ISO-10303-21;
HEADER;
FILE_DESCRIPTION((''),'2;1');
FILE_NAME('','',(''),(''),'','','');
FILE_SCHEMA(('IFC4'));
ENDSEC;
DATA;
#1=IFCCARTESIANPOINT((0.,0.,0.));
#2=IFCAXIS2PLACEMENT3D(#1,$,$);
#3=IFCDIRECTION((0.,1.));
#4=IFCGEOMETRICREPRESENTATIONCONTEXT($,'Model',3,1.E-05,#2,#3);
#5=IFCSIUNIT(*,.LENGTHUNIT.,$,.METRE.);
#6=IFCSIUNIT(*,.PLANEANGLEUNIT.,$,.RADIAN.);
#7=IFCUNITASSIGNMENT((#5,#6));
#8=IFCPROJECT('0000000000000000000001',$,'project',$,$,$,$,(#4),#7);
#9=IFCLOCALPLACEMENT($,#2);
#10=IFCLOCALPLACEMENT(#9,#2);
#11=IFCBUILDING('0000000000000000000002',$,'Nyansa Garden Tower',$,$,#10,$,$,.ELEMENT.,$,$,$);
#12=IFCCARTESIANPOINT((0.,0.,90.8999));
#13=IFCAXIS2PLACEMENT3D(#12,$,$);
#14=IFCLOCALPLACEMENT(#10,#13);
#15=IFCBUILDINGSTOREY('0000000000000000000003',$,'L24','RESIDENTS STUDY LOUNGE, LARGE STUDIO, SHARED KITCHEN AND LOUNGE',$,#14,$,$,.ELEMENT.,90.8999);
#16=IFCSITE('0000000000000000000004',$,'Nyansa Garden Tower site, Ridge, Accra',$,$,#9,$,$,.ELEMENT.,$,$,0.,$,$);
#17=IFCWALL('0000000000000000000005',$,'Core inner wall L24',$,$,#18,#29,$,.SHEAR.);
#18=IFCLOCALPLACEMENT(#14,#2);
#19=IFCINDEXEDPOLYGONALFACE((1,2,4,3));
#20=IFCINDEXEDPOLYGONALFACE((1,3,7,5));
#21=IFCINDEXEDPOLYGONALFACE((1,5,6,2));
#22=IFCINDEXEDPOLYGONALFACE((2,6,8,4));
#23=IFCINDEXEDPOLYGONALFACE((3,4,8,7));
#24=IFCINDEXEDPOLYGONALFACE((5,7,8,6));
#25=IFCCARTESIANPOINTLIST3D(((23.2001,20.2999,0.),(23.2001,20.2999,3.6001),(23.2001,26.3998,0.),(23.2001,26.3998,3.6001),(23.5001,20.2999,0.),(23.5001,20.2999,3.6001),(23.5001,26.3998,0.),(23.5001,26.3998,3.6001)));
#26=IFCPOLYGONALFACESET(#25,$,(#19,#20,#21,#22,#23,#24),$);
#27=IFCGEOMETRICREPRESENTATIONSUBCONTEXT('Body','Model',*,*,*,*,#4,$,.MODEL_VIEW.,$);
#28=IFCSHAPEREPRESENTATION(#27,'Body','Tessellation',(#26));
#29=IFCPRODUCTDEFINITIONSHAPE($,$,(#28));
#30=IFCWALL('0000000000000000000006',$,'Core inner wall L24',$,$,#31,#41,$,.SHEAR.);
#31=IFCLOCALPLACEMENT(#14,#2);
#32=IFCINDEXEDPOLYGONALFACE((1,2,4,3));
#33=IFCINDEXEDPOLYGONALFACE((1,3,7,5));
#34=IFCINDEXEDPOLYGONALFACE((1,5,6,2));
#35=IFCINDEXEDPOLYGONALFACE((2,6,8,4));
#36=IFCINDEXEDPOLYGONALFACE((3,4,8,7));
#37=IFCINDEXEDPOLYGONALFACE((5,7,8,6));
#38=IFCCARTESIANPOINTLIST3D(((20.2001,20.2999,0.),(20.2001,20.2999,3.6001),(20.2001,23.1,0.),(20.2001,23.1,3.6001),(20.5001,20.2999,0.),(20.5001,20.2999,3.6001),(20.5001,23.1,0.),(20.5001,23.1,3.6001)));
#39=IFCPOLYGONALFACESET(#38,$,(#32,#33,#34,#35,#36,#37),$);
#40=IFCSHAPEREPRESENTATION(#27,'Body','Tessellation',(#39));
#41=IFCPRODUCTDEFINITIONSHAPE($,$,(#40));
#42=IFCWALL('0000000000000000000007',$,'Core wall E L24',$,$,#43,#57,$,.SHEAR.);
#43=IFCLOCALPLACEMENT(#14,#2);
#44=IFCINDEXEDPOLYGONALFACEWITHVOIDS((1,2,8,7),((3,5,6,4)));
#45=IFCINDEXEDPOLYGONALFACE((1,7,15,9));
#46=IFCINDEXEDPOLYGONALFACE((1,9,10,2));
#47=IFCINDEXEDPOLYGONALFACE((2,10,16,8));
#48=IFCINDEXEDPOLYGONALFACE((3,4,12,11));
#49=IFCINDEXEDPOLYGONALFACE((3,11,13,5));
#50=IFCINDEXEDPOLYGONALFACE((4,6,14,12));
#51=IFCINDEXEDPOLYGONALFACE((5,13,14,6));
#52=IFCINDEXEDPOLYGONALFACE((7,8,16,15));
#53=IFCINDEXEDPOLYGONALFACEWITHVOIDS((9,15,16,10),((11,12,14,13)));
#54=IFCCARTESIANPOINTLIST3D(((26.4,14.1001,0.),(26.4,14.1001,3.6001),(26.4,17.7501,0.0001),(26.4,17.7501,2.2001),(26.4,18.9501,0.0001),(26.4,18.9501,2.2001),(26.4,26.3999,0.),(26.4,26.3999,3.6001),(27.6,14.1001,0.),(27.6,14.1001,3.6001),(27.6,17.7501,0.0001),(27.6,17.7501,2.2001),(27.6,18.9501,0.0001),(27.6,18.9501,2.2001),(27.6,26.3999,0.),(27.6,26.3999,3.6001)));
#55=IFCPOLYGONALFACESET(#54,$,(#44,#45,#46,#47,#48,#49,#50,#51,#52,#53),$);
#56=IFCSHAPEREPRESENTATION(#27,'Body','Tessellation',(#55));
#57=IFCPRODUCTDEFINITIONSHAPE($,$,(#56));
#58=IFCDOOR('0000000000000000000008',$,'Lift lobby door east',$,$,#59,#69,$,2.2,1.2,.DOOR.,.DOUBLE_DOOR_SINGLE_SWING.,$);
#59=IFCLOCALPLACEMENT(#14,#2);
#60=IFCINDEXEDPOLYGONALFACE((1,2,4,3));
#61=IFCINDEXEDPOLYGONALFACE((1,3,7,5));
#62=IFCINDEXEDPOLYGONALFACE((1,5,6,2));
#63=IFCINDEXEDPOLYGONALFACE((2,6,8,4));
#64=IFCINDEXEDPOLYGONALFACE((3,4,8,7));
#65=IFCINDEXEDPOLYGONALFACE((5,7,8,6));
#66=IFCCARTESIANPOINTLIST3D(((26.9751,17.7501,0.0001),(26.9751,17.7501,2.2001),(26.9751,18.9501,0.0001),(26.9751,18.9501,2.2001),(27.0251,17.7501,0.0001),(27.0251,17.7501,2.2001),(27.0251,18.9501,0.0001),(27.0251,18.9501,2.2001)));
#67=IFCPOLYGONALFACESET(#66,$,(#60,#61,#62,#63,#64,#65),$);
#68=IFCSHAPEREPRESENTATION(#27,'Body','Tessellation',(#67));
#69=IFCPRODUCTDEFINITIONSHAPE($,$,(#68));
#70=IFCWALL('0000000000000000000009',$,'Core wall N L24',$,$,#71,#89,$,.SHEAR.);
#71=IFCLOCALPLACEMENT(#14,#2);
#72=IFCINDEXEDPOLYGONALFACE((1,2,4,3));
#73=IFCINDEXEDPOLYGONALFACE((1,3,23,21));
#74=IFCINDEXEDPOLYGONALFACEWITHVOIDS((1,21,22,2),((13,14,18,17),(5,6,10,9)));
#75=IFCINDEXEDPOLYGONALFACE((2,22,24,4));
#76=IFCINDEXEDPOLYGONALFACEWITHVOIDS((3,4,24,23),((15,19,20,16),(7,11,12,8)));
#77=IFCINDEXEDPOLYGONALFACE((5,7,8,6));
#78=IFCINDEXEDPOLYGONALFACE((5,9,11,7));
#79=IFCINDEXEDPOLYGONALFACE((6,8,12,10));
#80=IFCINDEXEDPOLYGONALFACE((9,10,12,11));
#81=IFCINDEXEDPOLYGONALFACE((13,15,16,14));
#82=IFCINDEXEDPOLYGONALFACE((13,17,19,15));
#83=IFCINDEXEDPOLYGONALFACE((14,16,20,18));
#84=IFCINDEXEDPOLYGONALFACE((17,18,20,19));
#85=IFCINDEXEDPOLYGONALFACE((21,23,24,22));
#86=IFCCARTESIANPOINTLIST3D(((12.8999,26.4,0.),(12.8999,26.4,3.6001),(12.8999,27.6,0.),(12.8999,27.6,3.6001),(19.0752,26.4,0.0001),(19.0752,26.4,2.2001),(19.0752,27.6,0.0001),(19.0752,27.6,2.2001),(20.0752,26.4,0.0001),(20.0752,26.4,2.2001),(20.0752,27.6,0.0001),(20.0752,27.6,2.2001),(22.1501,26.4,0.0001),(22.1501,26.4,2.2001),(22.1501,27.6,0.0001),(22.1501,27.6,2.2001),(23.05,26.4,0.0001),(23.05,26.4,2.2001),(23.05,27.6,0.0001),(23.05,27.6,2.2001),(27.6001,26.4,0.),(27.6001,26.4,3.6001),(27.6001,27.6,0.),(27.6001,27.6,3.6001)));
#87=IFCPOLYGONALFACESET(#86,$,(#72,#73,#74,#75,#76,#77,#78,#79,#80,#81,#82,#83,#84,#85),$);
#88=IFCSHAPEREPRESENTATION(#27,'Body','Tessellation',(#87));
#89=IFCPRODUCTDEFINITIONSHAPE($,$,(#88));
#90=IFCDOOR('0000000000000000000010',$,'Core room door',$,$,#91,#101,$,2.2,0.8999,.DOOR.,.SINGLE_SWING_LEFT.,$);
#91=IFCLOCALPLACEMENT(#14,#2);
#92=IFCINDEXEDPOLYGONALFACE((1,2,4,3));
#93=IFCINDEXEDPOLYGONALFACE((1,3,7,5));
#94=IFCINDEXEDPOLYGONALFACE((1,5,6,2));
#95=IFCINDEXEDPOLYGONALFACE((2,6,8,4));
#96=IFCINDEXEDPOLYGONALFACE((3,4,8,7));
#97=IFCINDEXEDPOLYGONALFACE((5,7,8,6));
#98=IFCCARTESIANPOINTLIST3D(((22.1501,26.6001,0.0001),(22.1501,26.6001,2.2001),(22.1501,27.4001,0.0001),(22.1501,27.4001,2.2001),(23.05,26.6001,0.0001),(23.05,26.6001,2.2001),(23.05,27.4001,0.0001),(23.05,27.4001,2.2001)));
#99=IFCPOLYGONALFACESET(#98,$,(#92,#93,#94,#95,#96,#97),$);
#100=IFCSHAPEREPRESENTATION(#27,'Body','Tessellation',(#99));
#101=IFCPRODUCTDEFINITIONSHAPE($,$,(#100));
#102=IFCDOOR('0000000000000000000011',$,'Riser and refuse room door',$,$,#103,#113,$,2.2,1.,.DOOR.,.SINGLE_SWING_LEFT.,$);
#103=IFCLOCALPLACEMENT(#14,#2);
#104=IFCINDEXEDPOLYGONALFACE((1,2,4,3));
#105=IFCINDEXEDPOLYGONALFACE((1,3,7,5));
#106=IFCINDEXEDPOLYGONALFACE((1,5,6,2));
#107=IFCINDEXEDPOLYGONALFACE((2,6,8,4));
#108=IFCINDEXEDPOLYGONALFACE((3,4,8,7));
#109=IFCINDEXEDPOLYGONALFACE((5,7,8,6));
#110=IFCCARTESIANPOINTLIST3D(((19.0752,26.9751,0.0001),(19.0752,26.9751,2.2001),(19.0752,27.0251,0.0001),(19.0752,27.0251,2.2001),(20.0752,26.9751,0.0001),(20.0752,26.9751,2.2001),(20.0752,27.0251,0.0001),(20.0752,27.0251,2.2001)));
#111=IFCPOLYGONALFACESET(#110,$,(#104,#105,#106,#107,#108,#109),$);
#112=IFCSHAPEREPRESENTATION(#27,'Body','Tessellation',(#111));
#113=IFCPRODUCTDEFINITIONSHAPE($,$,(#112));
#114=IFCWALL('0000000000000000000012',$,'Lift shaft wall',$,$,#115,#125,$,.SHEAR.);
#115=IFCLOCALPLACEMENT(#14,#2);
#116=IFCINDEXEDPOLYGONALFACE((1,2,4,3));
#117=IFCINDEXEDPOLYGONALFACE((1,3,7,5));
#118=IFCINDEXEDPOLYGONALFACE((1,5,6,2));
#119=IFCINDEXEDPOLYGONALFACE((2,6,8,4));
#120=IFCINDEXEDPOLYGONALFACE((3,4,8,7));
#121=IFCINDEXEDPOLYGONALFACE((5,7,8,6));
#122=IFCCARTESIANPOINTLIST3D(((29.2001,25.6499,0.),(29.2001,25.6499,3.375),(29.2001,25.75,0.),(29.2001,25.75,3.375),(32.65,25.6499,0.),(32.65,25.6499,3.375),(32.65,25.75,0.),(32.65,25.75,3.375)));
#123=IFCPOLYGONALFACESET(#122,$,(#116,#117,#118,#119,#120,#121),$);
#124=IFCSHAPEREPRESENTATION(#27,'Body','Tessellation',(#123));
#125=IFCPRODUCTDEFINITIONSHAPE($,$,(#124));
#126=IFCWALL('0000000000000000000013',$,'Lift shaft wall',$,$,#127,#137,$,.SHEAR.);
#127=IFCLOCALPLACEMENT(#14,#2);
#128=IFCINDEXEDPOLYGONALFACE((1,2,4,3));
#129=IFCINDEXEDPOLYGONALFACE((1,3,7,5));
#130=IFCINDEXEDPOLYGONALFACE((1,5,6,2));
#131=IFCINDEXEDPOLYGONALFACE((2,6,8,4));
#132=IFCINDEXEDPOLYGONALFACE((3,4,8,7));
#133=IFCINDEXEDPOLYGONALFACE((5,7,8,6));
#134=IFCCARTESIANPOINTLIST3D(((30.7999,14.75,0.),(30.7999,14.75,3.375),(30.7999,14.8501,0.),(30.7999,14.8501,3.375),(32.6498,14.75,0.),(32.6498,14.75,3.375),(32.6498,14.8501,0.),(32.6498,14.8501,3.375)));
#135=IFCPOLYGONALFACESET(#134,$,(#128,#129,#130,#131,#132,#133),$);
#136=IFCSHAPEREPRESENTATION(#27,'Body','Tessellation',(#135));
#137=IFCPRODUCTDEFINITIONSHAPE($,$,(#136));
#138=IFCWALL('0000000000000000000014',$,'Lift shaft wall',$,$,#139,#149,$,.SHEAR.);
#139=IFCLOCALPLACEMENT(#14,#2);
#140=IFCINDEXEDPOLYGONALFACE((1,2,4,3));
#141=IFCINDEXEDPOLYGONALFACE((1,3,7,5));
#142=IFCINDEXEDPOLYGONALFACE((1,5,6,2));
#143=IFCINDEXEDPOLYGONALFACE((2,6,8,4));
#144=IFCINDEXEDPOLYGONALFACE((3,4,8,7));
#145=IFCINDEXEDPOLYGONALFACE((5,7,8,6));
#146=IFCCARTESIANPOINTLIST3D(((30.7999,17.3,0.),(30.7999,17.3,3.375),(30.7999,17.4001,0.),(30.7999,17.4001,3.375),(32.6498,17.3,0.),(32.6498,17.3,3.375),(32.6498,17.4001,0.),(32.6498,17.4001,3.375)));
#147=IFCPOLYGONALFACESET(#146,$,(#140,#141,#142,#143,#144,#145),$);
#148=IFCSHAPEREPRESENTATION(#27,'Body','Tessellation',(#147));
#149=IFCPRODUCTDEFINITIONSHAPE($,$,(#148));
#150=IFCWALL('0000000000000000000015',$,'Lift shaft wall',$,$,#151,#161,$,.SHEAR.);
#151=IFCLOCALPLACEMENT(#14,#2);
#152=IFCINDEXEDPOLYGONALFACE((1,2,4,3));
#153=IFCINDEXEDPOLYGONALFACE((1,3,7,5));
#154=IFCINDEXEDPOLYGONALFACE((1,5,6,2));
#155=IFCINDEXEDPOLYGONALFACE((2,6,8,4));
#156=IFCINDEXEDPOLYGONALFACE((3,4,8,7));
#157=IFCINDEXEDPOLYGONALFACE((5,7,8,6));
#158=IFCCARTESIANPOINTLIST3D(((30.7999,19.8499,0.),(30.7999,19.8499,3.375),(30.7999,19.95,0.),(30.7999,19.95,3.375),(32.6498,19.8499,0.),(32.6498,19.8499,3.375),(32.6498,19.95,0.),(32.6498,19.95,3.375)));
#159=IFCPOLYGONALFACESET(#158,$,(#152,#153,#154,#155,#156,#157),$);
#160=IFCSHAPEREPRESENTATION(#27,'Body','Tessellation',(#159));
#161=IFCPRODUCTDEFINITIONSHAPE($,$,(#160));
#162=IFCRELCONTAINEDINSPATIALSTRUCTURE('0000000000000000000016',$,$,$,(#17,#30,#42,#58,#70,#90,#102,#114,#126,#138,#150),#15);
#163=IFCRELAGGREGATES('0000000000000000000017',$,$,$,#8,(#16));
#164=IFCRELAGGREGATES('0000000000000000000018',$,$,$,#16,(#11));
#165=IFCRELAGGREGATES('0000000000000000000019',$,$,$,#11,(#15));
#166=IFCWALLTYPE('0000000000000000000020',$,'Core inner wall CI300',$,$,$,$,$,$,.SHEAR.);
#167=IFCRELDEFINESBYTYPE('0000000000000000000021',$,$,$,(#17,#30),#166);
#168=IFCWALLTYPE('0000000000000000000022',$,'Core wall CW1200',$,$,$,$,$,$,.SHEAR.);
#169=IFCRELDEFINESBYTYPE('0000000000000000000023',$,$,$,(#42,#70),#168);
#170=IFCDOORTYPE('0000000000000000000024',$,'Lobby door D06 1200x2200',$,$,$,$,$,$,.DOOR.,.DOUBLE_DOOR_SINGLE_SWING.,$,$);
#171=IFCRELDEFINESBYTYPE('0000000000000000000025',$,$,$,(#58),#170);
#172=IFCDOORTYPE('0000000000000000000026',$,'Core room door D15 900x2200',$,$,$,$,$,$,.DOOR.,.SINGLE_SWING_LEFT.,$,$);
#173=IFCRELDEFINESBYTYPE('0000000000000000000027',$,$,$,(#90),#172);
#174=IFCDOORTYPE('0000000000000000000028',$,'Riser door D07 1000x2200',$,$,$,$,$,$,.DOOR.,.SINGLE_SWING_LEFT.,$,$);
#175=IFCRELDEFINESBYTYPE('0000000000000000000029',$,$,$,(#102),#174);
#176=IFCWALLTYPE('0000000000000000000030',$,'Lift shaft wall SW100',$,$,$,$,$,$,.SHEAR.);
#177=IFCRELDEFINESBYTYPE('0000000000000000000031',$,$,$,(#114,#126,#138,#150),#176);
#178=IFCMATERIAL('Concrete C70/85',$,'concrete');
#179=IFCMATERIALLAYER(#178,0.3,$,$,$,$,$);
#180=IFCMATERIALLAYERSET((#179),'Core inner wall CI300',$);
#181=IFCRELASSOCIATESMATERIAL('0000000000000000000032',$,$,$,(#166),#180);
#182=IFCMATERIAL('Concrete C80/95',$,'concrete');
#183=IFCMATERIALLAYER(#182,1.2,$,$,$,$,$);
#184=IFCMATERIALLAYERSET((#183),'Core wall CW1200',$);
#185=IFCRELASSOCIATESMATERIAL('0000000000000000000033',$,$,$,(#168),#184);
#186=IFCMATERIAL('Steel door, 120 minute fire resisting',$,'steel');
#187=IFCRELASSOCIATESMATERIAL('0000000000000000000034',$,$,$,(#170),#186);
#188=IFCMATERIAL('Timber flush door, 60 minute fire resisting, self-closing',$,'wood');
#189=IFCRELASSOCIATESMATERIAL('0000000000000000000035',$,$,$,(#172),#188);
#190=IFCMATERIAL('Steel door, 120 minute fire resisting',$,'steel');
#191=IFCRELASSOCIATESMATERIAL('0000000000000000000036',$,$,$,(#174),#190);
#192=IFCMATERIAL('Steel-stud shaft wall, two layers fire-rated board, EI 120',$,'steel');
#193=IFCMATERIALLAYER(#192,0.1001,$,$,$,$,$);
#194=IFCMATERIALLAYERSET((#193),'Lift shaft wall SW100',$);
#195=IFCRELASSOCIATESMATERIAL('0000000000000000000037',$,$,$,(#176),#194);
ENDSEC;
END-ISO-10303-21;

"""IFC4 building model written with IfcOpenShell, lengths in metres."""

from ifc_helpers import new_model, si_unit, direction, frame, frame_2d, origin, place, context, subcontext, project, spatial, rectangle, extrude, material, layer, layer_set, type_object, element, fill, save


model = new_model("IFC4")

# Units and contexts
model_context = context("Model", 3, precision=1e-05, world=origin(), true_north=direction((0.0, 1.0)))
body_context = subcontext(model_context, "Body", "Model", "MODEL_VIEW")
ifc_project = project(units=[si_unit("LENGTHUNIT", "METRE"), si_unit("PLANEANGLEUNIT", "RADIAN")], contexts=[model_context])

# Site, building, storey
site_placement = place(None, origin())
site = spatial("IfcSite", under=ifc_project, at=site_placement, Name="Nyansa Garden Tower site, Ridge, Accra", CompositionType="ELEMENT", RefElevation=0.0)
building_placement = place(site_placement, origin())
building = spatial("IfcBuilding", under=site, at=building_placement, Name="Nyansa Garden Tower", CompositionType="ELEMENT")
storey_placement = place(building_placement, frame((0.0, 0.0, 90.8999)))
storey = spatial("IfcBuildingStorey", under=building, at=storey_placement, Name="L24", Description="RESIDENTS STUDY LOUNGE, LARGE STUDIO, SHARED KITCHEN AND LOUNGE", CompositionType="ELEMENT", Elevation=90.8999)

# Walls
ifc_material_1 = material(Name="Concrete C70/85", Category="concrete")
ifc_layer_1 = layer(ifc_material_1, 0.3)
ifc_layer_set_1 = layer_set([ifc_layer_1], Name="Core inner wall CI300")
wall_type_1 = type_object("IfcWallType", Name="Core inner wall CI300", PredefinedType="SHEAR", material=ifc_layer_set_1)
wall_1_placement = place(storey_placement, frame((23.3501, 20.3, 0.0), z_axis=(0.0, 0.0, 1.0), x_axis=(0.0, 1.0, 0.0)))
element("IfcWall", 1, at=wall_1_placement, inside=storey, type_object=wall_type_1, Name="Core inner wall L24", PredefinedType="SHEAR", context=body_context, shape_type="SweptSolid", body=[
    extrude(rectangle(XDim=6.0999, YDim=0.3, at=frame_2d((3.0498, 0.0))), origin(), (0.0, 0.0, 1.0), 3.6001),
])
wall_2_placement = place(storey_placement, frame((20.3501, 20.3, 0.0), z_axis=(0.0, 0.0, 1.0), x_axis=(0.0, 1.0, 0.0)))
element("IfcWall", 2, at=wall_2_placement, inside=storey, type_object=wall_type_1, Name="Core inner wall L24", PredefinedType="SHEAR", context=body_context, shape_type="SweptSolid", body=[
    extrude(rectangle(XDim=2.8, YDim=0.3, at=frame_2d((1.3999, 0.0))), origin(), (0.0, 0.0, 1.0), 3.6001),
])

# Wall, opening, door
ifc_material_2 = material(Name="Concrete C80/95", Category="concrete")
ifc_layer_2 = layer(ifc_material_2, 1.2)
ifc_layer_set_2 = layer_set([ifc_layer_2], Name="Core wall CW1200")
wall_type_2 = type_object("IfcWallType", Name="Core wall CW1200", PredefinedType="SHEAR", material=ifc_layer_set_2)
wall_3_placement = place(storey_placement, frame((27.0, 14.1001, 0.0), z_axis=(0.0, 0.0, 1.0), x_axis=(0.0, 1.0, 0.0)))
wall_3 = element("IfcWall", 3, at=wall_3_placement, inside=storey, type_object=wall_type_2, Name="Core wall E L24", PredefinedType="SHEAR", context=body_context, shape_type="SweptSolid", body=[
    extrude(rectangle(XDim=12.2998, YDim=1.2, at=frame_2d((6.1499, 0.0))), origin(), (0.0, 0.0, 1.0), 3.6001),
])
opening_1_placement = place(wall_3_placement, frame((3.6499, 0.0, 0.0)))
opening_1 = element("IfcOpeningElement", 4, at=opening_1_placement, cuts=wall_3, PredefinedType="OPENING", context=body_context, shape_type="SweptSolid", body=[
    extrude(rectangle(XDim=1.2, YDim=2.2, at=frame_2d((0.6001, 1.1001))), frame((0.0, 0.6099, 0.0), z_axis=(0.0, -1.0, 0.0), x_axis=(1.0, 0.0, 0.0)), (0.0, 0.0, 1.0), 1.22),
])
ifc_material_3 = material(Name="Steel door, 120 minute fire resisting", Category="steel")
door_type_1 = type_object("IfcDoorType", Name="Lobby door D06 1200x2200", OperationType="DOUBLE_DOOR_SINGLE_SWING", PredefinedType="DOOR", material=ifc_material_3)
door_1_placement = place(opening_1_placement, origin())
door_1 = element("IfcDoor", 5, at=door_1_placement, inside=storey, type_object=door_type_1, Name="Lift lobby door east", OperationType="DOUBLE_DOOR_SINGLE_SWING", OverallHeight=2.2, OverallWidth=1.2, PredefinedType="DOOR", context=body_context, shape_type="SweptSolid", body=[
    extrude(rectangle(XDim=1.2, YDim=2.2, at=frame_2d((0.6001, 1.1001))), frame((0.0, 0.0249, 0.0), z_axis=(0.0, -1.0, 0.0), x_axis=(1.0, 0.0, 0.0)), (0.0, 0.0, 1.0), 0.05),
])
fill(opening_1, door_1)

# Wall, openings, doors
wall_4_placement = place(storey_placement, frame((27.6001, 27.0, 0.0), z_axis=(0.0, 0.0, 1.0), x_axis=(-1.0, 0.0, 0.0)))
wall_4 = element("IfcWall", 6, at=wall_4_placement, inside=storey, type_object=wall_type_2, Name="Core wall N L24", PredefinedType="SHEAR", context=body_context, shape_type="SweptSolid", body=[
    extrude(rectangle(XDim=14.7002, YDim=1.2, at=frame_2d((7.3501, 0.0))), origin(), (0.0, 0.0, 1.0), 3.6001),
])
opening_2_placement = place(wall_4_placement, frame((4.55, 0.0, 0.0)))
opening_2 = element("IfcOpeningElement", 7, at=opening_2_placement, cuts=wall_4, PredefinedType="OPENING", context=body_context, shape_type="SweptSolid", body=[
    extrude(rectangle(XDim=0.8999, YDim=2.2, at=frame_2d((0.45, 1.1001))), frame((0.0, 0.6099, 0.0), z_axis=(0.0, -1.0, 0.0), x_axis=(1.0, 0.0, 0.0)), (0.0, 0.0, 1.0), 1.22),
])
opening_3_placement = place(wall_4_placement, frame((7.5249, 0.0, 0.0)))
opening_3 = element("IfcOpeningElement", 8, at=opening_3_placement, cuts=wall_4, PredefinedType="OPENING", context=body_context, shape_type="SweptSolid", body=[
    extrude(rectangle(XDim=1.0, YDim=2.2, at=frame_2d((0.5, 1.1001))), frame((0.0, 0.6099, 0.0), z_axis=(0.0, -1.0, 0.0), x_axis=(1.0, 0.0, 0.0)), (0.0, 0.0, 1.0), 1.22),
])
ifc_material_4 = material(Name="Timber flush door, 60 minute fire resisting, self-closing", Category="wood")
door_type_2 = type_object("IfcDoorType", Name="Core room door D15 900x2200", OperationType="SINGLE_SWING_LEFT", PredefinedType="DOOR", material=ifc_material_4)
door_2_placement = place(opening_2_placement, origin())
door_2 = element("IfcDoor", 9, at=door_2_placement, inside=storey, type_object=door_type_2, Name="Core room door", OperationType="SINGLE_SWING_LEFT", OverallHeight=2.2, OverallWidth=0.8999, PredefinedType="DOOR", context=body_context, shape_type="SweptSolid", body=[
    extrude(rectangle(XDim=0.8999, YDim=2.2, at=frame_2d((0.45, 1.1001))), frame((0.0, 0.3999, 0.0), z_axis=(0.0, -1.0, 0.0), x_axis=(1.0, 0.0, 0.0)), (0.0, 0.0, 1.0), 0.8),
])
fill(opening_2, door_2)
ifc_material_5 = material(Name="Steel door, 120 minute fire resisting", Category="steel")
door_type_3 = type_object("IfcDoorType", Name="Riser door D07 1000x2200", OperationType="SINGLE_SWING_LEFT", PredefinedType="DOOR", material=ifc_material_5)
door_3_placement = place(opening_3_placement, origin())
door_3 = element("IfcDoor", 10, at=door_3_placement, inside=storey, type_object=door_type_3, Name="Riser and refuse room door", OperationType="SINGLE_SWING_LEFT", OverallHeight=2.2, OverallWidth=1.0, PredefinedType="DOOR", context=body_context, shape_type="SweptSolid", body=[
    extrude(rectangle(XDim=1.0, YDim=2.2, at=frame_2d((0.5, 1.1001))), frame((0.0, 0.0249, 0.0), z_axis=(0.0, -1.0, 0.0), x_axis=(1.0, 0.0, 0.0)), (0.0, 0.0, 1.0), 0.05),
])
fill(opening_3, door_3)

# Walls
ifc_material_6 = material(Name="Steel-stud shaft wall, two layers fire-rated board, EI 120", Category="steel")
ifc_layer_3 = layer(ifc_material_6, 0.1001)
ifc_layer_set_3 = layer_set([ifc_layer_3], Name="Lift shaft wall SW100")
wall_type_3 = type_object("IfcWallType", Name="Lift shaft wall SW100", PredefinedType="SHEAR", material=ifc_layer_set_3)
wall_5_placement = place(storey_placement, frame((29.2, 25.7, 0.0), z_axis=(0.0, 0.0, 1.0), x_axis=(1.0, 0.0, 0.0)))
element("IfcWall", 11, at=wall_5_placement, inside=storey, type_object=wall_type_3, Name="Lift shaft wall", PredefinedType="SHEAR", context=body_context, shape_type="SweptSolid", body=[
    extrude(rectangle(XDim=3.45, YDim=0.1001, at=frame_2d((1.7251, 0.0))), origin(), (0.0, 0.0, 1.0), 3.375),
])
for number, where, z_axis, x_axis, name in (
    (12, (30.8, 14.8, 0.0), (0.0, 0.0, 1.0), (1.0, 0.0, 0.0), "Lift shaft wall"),
    (13, (30.8, 17.3501, 0.0), (0.0, 0.0, 1.0), (1.0, 0.0, 0.0), "Lift shaft wall"),
    (14, (30.8, 19.8999, 0.0), (0.0, 0.0, 1.0), (1.0, 0.0, 0.0), "Lift shaft wall"),
):
    element("IfcWall", number, at=place(storey_placement, frame(where, z_axis=z_axis, x_axis=x_axis)), inside=storey, type_object=wall_type_3, Name=name, PredefinedType="SHEAR", context=body_context, shape_type="SweptSolid", body=[
        extrude(rectangle(XDim=1.8499, YDim=0.1001, at=frame_2d((0.9248, 0.0))), origin(), (0.0, 0.0, 1.0), 3.375),
    ])

save(model, "model.ifc")
